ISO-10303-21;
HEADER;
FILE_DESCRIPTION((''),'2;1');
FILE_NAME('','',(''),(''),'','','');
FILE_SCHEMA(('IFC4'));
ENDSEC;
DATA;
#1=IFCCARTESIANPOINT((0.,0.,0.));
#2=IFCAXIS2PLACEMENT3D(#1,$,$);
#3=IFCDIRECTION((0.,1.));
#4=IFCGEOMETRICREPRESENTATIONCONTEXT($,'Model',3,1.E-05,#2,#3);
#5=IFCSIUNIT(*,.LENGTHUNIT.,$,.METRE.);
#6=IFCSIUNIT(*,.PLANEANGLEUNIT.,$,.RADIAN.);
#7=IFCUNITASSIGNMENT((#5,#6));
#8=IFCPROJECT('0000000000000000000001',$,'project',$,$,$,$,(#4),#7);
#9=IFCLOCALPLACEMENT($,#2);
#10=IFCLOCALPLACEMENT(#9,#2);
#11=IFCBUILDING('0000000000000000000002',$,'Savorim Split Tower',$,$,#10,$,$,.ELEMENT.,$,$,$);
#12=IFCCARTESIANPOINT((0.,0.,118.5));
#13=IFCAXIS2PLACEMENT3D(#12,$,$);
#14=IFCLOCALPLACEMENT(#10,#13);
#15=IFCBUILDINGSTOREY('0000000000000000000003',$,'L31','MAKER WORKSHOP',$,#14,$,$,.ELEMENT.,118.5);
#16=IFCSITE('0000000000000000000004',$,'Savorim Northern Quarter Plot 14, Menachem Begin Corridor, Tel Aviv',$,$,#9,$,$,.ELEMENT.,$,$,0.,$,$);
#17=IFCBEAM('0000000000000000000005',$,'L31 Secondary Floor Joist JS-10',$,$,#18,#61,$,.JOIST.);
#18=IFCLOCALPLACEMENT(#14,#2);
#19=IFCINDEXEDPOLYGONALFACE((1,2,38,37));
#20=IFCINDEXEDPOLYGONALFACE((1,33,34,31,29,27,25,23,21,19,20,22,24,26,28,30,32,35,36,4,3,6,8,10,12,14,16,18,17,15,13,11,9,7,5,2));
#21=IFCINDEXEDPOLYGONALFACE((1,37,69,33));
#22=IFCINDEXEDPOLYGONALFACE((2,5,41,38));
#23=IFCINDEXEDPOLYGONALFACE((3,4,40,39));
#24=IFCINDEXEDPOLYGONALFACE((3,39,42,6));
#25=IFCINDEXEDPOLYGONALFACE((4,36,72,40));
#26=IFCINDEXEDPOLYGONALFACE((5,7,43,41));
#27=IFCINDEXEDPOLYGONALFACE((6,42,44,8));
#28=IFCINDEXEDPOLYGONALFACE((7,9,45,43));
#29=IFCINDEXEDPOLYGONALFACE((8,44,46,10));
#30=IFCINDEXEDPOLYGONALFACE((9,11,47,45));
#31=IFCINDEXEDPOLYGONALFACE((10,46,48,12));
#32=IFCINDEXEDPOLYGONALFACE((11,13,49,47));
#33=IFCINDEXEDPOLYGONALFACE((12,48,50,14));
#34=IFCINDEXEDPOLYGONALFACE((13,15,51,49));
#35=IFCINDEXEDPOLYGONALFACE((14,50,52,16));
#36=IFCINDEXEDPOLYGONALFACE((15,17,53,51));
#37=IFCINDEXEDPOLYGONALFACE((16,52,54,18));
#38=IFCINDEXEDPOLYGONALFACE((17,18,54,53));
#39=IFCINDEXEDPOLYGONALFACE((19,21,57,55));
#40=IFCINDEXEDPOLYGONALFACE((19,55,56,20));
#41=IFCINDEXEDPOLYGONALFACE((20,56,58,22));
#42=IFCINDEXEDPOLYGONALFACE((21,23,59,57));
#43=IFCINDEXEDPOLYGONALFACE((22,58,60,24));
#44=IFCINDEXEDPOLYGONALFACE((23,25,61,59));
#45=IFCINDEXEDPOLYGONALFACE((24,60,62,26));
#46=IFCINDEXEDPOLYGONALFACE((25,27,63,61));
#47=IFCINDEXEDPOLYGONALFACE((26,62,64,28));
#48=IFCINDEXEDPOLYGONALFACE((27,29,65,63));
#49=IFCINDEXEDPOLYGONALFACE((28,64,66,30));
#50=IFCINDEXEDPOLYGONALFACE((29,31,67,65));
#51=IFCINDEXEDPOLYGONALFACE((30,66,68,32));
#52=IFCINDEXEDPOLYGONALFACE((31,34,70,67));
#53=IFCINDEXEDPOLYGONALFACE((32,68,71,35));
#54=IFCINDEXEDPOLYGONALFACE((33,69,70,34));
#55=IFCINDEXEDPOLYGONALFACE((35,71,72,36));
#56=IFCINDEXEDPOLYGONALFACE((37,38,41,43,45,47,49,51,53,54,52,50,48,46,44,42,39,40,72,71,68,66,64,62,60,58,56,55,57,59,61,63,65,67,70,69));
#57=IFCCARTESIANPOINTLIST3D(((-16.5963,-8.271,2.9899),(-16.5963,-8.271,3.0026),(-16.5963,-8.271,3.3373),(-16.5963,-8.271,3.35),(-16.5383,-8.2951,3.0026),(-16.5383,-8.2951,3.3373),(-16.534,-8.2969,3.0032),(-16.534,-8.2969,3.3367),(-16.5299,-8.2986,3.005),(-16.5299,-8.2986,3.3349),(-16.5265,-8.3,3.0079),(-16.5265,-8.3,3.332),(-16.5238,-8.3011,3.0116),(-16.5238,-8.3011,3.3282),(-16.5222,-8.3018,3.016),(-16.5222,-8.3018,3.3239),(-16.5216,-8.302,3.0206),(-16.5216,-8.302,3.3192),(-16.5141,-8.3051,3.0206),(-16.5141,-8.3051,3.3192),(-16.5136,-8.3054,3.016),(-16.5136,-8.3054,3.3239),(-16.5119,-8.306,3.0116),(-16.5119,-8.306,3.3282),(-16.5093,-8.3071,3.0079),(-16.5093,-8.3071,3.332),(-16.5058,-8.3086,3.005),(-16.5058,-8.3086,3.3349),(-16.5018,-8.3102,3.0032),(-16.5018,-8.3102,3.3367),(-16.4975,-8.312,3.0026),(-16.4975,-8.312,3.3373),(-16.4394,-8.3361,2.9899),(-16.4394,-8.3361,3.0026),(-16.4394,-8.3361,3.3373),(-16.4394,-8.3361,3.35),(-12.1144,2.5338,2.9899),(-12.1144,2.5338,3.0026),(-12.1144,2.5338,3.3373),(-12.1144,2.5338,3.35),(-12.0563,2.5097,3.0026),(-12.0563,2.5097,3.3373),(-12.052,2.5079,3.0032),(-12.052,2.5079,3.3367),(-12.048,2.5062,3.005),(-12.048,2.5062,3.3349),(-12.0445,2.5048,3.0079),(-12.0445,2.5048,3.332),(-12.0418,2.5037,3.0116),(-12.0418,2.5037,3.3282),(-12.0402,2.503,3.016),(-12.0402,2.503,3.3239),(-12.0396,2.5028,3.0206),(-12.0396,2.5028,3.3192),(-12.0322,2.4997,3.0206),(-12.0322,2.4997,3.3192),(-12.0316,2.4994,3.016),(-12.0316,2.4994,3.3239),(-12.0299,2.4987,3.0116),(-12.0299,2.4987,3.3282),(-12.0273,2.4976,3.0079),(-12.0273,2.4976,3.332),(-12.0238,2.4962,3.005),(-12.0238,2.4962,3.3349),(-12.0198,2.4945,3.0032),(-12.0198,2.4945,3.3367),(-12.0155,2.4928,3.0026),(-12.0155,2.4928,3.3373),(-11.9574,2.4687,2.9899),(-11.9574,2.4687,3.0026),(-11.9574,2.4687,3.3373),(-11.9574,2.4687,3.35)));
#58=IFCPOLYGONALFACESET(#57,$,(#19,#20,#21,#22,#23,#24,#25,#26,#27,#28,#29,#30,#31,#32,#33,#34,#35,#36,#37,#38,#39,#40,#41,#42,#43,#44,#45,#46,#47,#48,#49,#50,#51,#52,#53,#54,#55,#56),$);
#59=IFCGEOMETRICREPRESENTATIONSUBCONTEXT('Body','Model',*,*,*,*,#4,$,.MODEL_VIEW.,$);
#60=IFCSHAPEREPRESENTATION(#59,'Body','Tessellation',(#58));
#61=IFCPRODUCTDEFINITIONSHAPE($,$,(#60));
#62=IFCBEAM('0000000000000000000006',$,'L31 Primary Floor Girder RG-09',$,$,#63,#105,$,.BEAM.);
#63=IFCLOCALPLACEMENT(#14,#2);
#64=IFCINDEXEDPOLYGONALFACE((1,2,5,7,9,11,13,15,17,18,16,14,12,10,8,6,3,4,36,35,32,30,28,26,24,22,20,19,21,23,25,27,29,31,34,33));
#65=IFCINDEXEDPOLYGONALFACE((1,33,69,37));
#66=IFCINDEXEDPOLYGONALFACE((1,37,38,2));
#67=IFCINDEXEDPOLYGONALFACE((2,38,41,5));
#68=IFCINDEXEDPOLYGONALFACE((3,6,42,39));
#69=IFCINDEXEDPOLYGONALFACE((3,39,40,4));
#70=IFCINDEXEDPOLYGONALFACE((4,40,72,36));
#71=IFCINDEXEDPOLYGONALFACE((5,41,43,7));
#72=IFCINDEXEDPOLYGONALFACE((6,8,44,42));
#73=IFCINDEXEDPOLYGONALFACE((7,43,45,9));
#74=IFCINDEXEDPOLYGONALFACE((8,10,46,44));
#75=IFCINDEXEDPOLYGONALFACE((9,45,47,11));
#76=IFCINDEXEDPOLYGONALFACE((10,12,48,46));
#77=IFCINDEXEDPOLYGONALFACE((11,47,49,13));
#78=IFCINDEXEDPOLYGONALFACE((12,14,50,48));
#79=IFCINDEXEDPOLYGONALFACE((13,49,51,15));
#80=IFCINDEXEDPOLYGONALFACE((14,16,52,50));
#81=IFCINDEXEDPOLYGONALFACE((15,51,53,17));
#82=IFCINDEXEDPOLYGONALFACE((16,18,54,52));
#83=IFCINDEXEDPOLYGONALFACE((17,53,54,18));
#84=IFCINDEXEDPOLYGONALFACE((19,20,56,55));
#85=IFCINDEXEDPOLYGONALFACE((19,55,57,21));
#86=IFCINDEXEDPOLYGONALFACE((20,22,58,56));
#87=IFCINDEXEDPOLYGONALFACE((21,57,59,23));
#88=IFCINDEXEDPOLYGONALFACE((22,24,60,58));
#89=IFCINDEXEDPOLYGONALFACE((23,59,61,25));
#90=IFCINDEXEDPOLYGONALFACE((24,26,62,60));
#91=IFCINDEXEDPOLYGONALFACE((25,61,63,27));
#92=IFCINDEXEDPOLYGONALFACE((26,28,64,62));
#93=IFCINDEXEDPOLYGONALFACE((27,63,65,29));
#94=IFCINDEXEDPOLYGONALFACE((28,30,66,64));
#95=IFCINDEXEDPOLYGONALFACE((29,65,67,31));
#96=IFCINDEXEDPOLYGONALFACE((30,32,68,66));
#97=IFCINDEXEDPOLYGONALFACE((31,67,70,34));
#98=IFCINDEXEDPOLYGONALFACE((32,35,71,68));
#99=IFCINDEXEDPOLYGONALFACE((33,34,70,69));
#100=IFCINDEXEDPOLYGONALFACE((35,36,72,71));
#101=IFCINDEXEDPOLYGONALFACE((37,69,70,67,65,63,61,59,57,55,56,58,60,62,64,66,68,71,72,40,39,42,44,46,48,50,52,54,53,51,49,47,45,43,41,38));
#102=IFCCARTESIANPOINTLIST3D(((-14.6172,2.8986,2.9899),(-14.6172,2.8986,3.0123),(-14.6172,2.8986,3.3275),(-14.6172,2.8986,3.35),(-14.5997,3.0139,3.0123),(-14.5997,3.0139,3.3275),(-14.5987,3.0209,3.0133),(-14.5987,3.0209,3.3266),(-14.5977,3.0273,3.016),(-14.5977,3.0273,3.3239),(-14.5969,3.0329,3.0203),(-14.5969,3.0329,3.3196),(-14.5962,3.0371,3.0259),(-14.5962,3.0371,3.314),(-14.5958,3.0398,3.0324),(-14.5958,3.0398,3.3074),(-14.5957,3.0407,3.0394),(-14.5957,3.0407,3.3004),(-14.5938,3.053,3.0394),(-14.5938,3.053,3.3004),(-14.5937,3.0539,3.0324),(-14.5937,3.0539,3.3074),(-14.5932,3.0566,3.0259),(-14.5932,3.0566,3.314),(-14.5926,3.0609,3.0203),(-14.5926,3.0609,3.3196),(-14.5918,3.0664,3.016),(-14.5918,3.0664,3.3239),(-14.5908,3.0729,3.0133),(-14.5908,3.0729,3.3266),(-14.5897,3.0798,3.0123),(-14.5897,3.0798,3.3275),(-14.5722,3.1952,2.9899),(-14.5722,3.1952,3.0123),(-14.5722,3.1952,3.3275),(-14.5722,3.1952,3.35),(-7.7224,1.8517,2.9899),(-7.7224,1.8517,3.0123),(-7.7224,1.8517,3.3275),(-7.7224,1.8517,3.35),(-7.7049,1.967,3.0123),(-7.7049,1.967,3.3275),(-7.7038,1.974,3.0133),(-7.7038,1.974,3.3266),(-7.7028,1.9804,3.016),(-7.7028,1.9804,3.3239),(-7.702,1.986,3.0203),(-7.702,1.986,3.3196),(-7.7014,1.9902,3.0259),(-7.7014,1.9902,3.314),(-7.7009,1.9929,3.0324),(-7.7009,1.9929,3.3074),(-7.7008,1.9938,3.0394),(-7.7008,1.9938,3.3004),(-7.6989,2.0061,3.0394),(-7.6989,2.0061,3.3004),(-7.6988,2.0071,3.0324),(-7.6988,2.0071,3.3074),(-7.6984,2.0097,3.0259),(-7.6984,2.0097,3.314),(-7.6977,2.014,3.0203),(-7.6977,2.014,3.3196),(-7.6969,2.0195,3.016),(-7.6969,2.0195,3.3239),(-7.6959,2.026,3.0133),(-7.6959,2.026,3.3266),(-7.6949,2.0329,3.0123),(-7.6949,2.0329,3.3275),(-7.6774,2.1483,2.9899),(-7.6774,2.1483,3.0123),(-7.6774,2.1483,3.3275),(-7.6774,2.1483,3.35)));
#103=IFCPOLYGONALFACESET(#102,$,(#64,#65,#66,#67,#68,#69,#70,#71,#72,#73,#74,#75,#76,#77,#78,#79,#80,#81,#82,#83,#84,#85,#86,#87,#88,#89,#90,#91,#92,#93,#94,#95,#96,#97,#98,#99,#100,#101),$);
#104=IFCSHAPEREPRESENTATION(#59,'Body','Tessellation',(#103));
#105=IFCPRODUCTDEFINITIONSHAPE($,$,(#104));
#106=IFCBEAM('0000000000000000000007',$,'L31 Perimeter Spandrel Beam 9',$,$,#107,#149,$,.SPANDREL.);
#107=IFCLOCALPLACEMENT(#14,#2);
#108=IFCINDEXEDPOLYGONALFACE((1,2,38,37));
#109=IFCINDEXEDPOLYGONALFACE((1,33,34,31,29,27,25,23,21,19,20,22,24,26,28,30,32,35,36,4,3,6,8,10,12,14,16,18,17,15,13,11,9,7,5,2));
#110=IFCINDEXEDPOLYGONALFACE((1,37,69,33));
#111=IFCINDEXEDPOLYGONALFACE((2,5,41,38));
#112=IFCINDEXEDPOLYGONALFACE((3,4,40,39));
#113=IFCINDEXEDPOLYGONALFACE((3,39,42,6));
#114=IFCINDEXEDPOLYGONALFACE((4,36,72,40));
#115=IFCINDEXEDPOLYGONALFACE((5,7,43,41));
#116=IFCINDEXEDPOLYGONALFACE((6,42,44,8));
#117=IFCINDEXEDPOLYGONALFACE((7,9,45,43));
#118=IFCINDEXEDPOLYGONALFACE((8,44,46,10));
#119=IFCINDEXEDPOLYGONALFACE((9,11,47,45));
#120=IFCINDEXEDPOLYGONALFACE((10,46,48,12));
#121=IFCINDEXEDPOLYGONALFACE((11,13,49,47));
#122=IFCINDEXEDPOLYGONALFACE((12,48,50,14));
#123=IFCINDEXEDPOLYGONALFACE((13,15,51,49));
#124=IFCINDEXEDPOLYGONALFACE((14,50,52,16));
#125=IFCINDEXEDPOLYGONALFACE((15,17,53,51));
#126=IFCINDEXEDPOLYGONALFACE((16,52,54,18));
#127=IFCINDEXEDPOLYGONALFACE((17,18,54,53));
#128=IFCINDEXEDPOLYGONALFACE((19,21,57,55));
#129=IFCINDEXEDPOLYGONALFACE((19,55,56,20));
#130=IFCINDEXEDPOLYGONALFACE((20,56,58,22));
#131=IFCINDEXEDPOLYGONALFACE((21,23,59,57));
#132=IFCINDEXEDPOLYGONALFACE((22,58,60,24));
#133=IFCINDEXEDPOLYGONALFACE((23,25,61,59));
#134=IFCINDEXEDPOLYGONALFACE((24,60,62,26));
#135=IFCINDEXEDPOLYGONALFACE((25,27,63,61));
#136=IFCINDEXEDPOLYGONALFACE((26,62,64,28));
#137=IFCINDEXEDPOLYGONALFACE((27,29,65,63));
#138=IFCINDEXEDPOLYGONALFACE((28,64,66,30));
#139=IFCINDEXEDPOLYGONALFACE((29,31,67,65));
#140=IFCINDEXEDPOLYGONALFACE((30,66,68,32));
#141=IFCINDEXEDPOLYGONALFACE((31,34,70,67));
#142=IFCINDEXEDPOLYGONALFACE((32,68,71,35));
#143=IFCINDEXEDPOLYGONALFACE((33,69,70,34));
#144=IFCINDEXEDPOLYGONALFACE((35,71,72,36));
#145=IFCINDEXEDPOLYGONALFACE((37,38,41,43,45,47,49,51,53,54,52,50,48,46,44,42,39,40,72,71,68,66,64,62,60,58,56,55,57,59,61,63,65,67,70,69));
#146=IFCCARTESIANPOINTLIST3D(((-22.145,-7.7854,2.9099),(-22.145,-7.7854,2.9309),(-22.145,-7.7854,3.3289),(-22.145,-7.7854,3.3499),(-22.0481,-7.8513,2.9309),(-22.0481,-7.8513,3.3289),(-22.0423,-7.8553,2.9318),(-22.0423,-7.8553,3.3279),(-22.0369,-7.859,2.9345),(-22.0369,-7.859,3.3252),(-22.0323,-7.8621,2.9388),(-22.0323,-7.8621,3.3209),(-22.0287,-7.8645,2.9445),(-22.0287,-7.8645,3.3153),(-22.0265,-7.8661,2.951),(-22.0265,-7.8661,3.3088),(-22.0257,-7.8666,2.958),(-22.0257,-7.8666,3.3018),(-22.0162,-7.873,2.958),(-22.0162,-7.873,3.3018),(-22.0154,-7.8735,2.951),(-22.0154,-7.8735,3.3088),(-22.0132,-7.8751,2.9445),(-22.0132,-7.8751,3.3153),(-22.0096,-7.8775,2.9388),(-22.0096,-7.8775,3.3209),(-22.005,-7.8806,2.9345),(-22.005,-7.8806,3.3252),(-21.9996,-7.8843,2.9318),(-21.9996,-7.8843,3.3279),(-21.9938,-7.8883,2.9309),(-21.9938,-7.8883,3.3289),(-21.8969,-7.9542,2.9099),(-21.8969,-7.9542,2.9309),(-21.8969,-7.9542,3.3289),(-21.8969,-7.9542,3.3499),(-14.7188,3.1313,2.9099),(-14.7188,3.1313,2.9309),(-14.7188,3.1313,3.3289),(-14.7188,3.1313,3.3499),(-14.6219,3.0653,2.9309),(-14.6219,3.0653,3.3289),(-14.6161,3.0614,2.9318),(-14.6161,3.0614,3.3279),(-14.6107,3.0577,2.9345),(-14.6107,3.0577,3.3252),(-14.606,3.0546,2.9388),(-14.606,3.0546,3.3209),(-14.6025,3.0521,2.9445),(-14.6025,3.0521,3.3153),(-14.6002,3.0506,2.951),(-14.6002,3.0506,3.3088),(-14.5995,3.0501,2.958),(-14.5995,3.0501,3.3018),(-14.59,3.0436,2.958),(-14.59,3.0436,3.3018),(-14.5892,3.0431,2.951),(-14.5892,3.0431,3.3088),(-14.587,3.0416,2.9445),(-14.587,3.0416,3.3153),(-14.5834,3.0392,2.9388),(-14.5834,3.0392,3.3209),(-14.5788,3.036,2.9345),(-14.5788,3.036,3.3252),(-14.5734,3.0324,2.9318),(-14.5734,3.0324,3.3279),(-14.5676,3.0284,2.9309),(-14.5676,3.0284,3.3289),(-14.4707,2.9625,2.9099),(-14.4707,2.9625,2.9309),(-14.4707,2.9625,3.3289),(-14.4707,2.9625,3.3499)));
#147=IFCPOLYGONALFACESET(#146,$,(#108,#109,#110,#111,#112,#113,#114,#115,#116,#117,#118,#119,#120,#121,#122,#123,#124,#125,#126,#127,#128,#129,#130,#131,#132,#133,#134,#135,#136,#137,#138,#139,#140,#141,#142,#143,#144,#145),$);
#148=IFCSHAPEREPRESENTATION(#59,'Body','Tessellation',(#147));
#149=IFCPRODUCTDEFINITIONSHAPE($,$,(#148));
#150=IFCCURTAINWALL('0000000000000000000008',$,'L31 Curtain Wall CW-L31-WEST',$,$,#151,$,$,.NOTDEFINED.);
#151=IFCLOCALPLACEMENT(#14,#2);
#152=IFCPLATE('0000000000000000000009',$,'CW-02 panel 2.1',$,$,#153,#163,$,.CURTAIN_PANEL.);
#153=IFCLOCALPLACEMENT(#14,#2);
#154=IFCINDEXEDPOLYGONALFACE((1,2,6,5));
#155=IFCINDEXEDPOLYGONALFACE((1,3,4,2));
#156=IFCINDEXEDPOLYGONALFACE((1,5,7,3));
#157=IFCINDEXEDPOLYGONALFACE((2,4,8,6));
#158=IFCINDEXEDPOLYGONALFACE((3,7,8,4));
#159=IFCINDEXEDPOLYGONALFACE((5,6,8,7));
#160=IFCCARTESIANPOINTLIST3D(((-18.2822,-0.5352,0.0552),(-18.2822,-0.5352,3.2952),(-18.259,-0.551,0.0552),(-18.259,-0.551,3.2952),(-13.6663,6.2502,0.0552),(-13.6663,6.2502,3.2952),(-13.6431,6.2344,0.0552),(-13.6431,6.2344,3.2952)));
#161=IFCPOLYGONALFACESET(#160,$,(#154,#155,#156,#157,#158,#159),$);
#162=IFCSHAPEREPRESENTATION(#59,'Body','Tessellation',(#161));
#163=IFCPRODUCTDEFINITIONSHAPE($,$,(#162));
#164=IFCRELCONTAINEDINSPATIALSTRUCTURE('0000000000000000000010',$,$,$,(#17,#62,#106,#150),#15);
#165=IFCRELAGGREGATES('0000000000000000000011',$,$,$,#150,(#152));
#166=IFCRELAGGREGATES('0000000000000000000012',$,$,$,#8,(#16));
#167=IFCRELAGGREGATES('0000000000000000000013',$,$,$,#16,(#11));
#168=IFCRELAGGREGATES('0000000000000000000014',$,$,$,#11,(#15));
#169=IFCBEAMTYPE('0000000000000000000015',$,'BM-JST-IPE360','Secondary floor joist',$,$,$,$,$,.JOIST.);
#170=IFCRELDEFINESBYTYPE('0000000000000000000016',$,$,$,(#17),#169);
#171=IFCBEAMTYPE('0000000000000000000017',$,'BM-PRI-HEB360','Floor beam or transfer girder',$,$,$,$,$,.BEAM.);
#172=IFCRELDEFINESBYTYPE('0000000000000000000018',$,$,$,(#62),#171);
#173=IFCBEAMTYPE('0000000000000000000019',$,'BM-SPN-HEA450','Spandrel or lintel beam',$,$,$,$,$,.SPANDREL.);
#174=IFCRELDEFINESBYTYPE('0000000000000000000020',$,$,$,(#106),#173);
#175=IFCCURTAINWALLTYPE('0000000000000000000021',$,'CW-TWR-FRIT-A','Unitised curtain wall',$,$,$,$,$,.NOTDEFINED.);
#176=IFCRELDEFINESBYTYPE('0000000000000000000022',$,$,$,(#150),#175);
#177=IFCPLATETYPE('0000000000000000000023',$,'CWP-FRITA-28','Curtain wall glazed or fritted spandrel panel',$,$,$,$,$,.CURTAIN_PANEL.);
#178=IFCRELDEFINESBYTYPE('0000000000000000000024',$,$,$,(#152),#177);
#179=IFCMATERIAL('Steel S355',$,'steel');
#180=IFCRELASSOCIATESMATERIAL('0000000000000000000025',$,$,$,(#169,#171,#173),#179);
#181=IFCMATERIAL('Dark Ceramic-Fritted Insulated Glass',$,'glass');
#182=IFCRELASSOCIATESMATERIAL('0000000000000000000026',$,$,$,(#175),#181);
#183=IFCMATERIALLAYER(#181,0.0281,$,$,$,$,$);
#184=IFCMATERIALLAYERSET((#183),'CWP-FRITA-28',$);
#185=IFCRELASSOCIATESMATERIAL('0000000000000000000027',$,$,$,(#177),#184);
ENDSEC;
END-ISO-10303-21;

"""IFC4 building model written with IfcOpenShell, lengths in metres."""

from ifc_helpers import new_model, si_unit, direction, frame, origin, origin_2d, place, context, subcontext, project, spatial, rectangle, i_section, extrude, material, layer, layer_set, material_profile, profile_set, type_object, element, aggregate, save


model = new_model("IFC4")

# Units and contexts
model_context = context("Model", 3, precision=1e-05, world=origin(), true_north=direction((0.0, 1.0)))
body_context = subcontext(model_context, "Body", "Model", "MODEL_VIEW")
ifc_project = project(units=[si_unit("LENGTHUNIT", "METRE"), si_unit("PLANEANGLEUNIT", "RADIAN")], contexts=[model_context])

# Site, building, storey
site_placement = place(None, origin())
site = spatial("IfcSite", under=ifc_project, at=site_placement, Name="Savorim Northern Quarter Plot 14, Menachem Begin Corridor, Tel Aviv", CompositionType="ELEMENT", RefElevation=0.0)
building_placement = place(site_placement, origin())
building = spatial("IfcBuilding", under=site, at=building_placement, Name="Savorim Split Tower", CompositionType="ELEMENT")
storey_placement = place(building_placement, frame((0.0, 0.0, 118.5)))
storey = spatial("IfcBuildingStorey", under=building, at=storey_placement, Name="L31", Description="MAKER WORKSHOP", CompositionType="ELEMENT", Elevation=118.5)

# Beams
ifc_material_1 = material(Name="Steel S355", Category="steel")
ifc_material_profile_1 = material_profile(ifc_material_1, i_section(OverallWidth=0.1699, OverallDepth=0.3601, WebThickness=0.0081, FlangeThickness=0.0127, FilletRadius=0.0181, at=origin_2d()), Name="IPE 360")
ifc_profile_set_1 = profile_set([ifc_material_profile_1], Name="Steel S355")
beam_type_1 = type_object("IfcBeamType", Name="BM-JST-IPE360", Description="Secondary floor joist", PredefinedType="JOIST", material=ifc_profile_set_1)
beam_1_placement = place(storey_placement, frame((-12.0359, 2.5012, 3.1699), z_axis=(-0.383157, -0.923683, 0.0), x_axis=(0.923683, -0.383157, 0.0)))
element("IfcBeam", 1, at=beam_1_placement, inside=storey, type_object=beam_type_1, Name="L31 Secondary Floor Joist JS-10", PredefinedType="JOIST", context=body_context, shape_type="SweptSolid", body=[
    extrude(i_section(OverallWidth=0.1699, OverallDepth=0.3601, WebThickness=0.0081, FlangeThickness=0.0127, FilletRadius=0.0181, at=origin_2d()), origin(), (0.0, 0.0, 1.0), 11.6975),
])
ifc_material_profile_2 = material_profile(ifc_material_1, i_section(OverallWidth=0.3, OverallDepth=0.3601, WebThickness=0.0125, FlangeThickness=0.0225, FilletRadius=0.0271, at=origin_2d()), Name="HEB 360")
ifc_profile_set_2 = profile_set([ifc_material_profile_2], Name="Steel S355")
beam_type_2 = type_object("IfcBeamType", Name="BM-PRI-HEB360", Description="Floor beam or transfer girder", PredefinedType="BEAM", material=ifc_profile_set_2)
beam_2_placement = place(storey_placement, frame((-14.5947, 3.0469, 3.1699), z_axis=(0.988668, -0.150115, 0.0), x_axis=(0.150115, 0.988668, 0.0)))
element("IfcBeam", 2, at=beam_2_placement, inside=storey, type_object=beam_type_2, Name="L31 Primary Floor Girder RG-09", PredefinedType="BEAM", context=body_context, shape_type="SweptSolid", body=[
    extrude(i_section(OverallWidth=0.3, OverallDepth=0.3601, WebThickness=0.0125, FlangeThickness=0.0225, FilletRadius=0.0271, at=origin_2d()), origin(), (0.0, 0.0, 1.0), 6.9739),
])
ifc_material_profile_3 = material_profile(ifc_material_1, i_section(OverallWidth=0.3, OverallDepth=0.4399, WebThickness=0.0115, FlangeThickness=0.021, FilletRadius=0.0271, at=origin_2d()), Name="HEA 450")
ifc_profile_set_3 = profile_set([ifc_material_profile_3], Name="Steel S355")
beam_type_3 = type_object("IfcBeamType", Name="BM-SPN-HEA450", Description="Spandrel or lintel beam", PredefinedType="SPANDREL", material=ifc_profile_set_3)
beam_3_placement = place(storey_placement, frame((-14.5947, 3.0469, 3.1299), z_axis=(-0.562459, -0.826825, 0.0), x_axis=(0.826825, -0.562459, 0.0)))
element("IfcBeam", 3, at=beam_3_placement, inside=storey, type_object=beam_type_3, Name="L31 Perimeter Spandrel Beam 9", PredefinedType="SPANDREL", context=body_context, shape_type="SweptSolid", body=[
    extrude(i_section(OverallWidth=0.3, OverallDepth=0.4399, WebThickness=0.0115, FlangeThickness=0.021, FilletRadius=0.0271, at=origin_2d()), origin(), (0.0, 0.0, 1.0), 13.2031),
])

# Curtain wall, plate
ifc_material_2 = material(Name="Dark Ceramic-Fritted Insulated Glass", Category="glass")
curtain_wall_type = type_object("IfcCurtainWallType", Name="CW-TWR-FRIT-A", Description="Unitised curtain wall", PredefinedType="NOTDEFINED", material=ifc_material_2)
curtain_wall_placement = place(storey_placement, origin())
curtain_wall = element("IfcCurtainWall", 4, at=curtain_wall_placement, inside=storey, type_object=curtain_wall_type, Name="L31 Curtain Wall CW-L31-WEST", PredefinedType="NOTDEFINED")
ifc_layer_1 = layer(ifc_material_2, 0.0281)
ifc_layer_set_1 = layer_set([ifc_layer_1], Name="CWP-FRITA-28")
plate_type = type_object("IfcPlateType", Name="CWP-FRITA-28", Description="Curtain wall glazed or fritted spandrel panel", PredefinedType="CURTAIN_PANEL", material=ifc_layer_set_1)
plate_placement = place(storey_placement, frame((-15.9626, 2.8496, 0.0552), z_axis=(0.0, 0.0, 1.0), x_axis=(-0.562467, -0.82682, 0.0)))
plate = element("IfcPlate", 5, at=plate_placement, type_object=plate_type, Name="CW-02 panel 2.1", PredefinedType="CURTAIN_PANEL", context=body_context, shape_type="SweptSolid", body=[
    extrude(rectangle(XDim=8.2065, YDim=0.0281, at=origin_2d()), origin(), (0.0, 0.0, 1.0), 3.24),
])
aggregate(curtain_wall, [plate])

save(model, "model.ifc")
